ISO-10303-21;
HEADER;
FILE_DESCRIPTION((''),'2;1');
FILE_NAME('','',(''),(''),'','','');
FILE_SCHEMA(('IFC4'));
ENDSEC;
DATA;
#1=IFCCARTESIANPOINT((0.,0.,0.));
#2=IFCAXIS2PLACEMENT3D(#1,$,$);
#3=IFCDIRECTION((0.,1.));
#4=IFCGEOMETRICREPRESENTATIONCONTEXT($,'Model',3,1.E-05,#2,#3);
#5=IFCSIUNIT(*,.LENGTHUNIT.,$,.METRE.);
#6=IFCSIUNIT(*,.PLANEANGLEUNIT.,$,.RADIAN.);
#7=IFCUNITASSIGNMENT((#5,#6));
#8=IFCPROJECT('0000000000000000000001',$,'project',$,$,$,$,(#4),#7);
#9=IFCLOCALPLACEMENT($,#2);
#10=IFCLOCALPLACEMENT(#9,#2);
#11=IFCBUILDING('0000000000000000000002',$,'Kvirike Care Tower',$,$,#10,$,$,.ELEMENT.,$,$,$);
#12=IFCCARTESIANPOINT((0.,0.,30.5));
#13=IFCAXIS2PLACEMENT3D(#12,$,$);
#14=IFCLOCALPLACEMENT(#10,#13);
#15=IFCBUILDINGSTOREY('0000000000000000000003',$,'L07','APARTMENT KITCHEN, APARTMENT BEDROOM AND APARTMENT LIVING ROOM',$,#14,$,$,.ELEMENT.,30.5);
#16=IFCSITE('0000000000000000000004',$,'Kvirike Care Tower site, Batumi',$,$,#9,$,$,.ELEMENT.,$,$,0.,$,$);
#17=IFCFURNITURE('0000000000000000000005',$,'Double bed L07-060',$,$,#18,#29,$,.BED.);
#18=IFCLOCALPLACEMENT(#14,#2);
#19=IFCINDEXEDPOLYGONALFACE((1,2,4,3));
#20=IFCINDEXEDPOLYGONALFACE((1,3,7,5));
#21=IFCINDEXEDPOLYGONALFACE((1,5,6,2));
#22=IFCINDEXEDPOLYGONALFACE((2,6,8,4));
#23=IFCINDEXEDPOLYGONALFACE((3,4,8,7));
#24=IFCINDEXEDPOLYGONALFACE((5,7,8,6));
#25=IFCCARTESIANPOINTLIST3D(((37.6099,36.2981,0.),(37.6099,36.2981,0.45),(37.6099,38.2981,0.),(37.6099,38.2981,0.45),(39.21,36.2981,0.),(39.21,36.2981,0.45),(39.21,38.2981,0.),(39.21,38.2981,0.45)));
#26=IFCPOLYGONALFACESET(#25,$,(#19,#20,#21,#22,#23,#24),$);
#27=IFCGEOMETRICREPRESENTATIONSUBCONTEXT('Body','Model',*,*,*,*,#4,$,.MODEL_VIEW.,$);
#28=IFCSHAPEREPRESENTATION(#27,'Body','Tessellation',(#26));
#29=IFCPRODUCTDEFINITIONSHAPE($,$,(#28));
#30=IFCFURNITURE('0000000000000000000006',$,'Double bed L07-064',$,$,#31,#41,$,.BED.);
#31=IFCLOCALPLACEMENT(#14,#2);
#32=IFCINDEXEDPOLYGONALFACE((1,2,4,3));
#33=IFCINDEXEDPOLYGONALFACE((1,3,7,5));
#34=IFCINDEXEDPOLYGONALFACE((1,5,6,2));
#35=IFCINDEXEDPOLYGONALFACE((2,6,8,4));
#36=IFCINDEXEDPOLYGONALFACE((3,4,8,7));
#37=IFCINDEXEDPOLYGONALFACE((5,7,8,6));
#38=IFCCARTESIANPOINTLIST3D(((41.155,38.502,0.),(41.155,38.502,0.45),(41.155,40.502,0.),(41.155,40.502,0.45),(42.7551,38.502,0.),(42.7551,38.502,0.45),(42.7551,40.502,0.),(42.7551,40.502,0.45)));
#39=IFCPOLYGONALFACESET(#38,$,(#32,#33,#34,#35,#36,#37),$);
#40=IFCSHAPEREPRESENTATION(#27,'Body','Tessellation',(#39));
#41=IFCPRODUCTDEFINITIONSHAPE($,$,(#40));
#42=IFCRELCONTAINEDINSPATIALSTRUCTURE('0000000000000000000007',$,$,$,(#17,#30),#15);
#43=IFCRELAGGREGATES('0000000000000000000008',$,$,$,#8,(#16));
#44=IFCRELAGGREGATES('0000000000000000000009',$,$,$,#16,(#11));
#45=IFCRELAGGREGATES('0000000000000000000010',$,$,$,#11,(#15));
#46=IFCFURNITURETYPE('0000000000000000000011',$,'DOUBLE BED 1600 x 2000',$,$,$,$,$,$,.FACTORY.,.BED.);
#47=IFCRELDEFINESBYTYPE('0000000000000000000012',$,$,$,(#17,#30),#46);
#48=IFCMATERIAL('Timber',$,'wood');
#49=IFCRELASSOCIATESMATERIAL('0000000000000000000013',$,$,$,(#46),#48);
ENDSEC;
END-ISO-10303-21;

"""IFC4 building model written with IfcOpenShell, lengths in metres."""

from ifc_helpers import new_model, si_unit, direction, frame, origin, origin_2d, place, context, subcontext, project, spatial, rectangle, extrude, material, type_object, element, save


model = new_model("IFC4")

# Units and contexts
model_context = context("Model", 3, precision=1e-05, world=origin(), true_north=direction((0.0, 1.0)))
body_context = subcontext(model_context, "Body", "Model", "MODEL_VIEW")
ifc_project = project(units=[si_unit("LENGTHUNIT", "METRE"), si_unit("PLANEANGLEUNIT", "RADIAN")], contexts=[model_context])

# Site, building, storey
site_placement = place(None, origin())
site = spatial("IfcSite", under=ifc_project, at=site_placement, Name="Kvirike Care Tower site, Batumi", CompositionType="ELEMENT", RefElevation=0.0)
building_placement = place(site_placement, origin())
building = spatial("IfcBuilding", under=site, at=building_placement, Name="Kvirike Care Tower", CompositionType="ELEMENT")
storey_placement = place(building_placement, frame((0.0, 0.0, 30.5)))
storey = spatial("IfcBuildingStorey", under=building, at=storey_placement, Name="L07", Description="APARTMENT KITCHEN, APARTMENT BEDROOM AND APARTMENT LIVING ROOM", CompositionType="ELEMENT", Elevation=30.5)

# Furniture
ifc_material_1 = material(Name="Timber", Category="wood")
furniture_type = type_object("IfcFurnitureType", Name="DOUBLE BED 1600 x 2000", AssemblyPlace="FACTORY", PredefinedType="BED", material=ifc_material_1)
for number, where, z_axis, x_axis, name in (
    (1, (38.4099, 37.2981, 0.0), (0.0, 0.0, 1.0), (1.0, 0.0, 0.0), "Double bed L07-060"),
    (2, (41.9551, 39.502, 0.0), (0.0, 0.0, 1.0), (-1.0, 0.0, 0.0), "Double bed L07-064"),
):
    element("IfcFurniture", number, at=place(storey_placement, frame(where, z_axis=z_axis, x_axis=x_axis)), inside=storey, type_object=furniture_type, Name=name, PredefinedType="BED", context=body_context, shape_type="SweptSolid", body=[
        extrude(rectangle(XDim=1.6001, YDim=2.0, at=origin_2d()), origin(), (0.0, 0.0, 1.0), 0.45),
    ])

save(model, "model.ifc")
